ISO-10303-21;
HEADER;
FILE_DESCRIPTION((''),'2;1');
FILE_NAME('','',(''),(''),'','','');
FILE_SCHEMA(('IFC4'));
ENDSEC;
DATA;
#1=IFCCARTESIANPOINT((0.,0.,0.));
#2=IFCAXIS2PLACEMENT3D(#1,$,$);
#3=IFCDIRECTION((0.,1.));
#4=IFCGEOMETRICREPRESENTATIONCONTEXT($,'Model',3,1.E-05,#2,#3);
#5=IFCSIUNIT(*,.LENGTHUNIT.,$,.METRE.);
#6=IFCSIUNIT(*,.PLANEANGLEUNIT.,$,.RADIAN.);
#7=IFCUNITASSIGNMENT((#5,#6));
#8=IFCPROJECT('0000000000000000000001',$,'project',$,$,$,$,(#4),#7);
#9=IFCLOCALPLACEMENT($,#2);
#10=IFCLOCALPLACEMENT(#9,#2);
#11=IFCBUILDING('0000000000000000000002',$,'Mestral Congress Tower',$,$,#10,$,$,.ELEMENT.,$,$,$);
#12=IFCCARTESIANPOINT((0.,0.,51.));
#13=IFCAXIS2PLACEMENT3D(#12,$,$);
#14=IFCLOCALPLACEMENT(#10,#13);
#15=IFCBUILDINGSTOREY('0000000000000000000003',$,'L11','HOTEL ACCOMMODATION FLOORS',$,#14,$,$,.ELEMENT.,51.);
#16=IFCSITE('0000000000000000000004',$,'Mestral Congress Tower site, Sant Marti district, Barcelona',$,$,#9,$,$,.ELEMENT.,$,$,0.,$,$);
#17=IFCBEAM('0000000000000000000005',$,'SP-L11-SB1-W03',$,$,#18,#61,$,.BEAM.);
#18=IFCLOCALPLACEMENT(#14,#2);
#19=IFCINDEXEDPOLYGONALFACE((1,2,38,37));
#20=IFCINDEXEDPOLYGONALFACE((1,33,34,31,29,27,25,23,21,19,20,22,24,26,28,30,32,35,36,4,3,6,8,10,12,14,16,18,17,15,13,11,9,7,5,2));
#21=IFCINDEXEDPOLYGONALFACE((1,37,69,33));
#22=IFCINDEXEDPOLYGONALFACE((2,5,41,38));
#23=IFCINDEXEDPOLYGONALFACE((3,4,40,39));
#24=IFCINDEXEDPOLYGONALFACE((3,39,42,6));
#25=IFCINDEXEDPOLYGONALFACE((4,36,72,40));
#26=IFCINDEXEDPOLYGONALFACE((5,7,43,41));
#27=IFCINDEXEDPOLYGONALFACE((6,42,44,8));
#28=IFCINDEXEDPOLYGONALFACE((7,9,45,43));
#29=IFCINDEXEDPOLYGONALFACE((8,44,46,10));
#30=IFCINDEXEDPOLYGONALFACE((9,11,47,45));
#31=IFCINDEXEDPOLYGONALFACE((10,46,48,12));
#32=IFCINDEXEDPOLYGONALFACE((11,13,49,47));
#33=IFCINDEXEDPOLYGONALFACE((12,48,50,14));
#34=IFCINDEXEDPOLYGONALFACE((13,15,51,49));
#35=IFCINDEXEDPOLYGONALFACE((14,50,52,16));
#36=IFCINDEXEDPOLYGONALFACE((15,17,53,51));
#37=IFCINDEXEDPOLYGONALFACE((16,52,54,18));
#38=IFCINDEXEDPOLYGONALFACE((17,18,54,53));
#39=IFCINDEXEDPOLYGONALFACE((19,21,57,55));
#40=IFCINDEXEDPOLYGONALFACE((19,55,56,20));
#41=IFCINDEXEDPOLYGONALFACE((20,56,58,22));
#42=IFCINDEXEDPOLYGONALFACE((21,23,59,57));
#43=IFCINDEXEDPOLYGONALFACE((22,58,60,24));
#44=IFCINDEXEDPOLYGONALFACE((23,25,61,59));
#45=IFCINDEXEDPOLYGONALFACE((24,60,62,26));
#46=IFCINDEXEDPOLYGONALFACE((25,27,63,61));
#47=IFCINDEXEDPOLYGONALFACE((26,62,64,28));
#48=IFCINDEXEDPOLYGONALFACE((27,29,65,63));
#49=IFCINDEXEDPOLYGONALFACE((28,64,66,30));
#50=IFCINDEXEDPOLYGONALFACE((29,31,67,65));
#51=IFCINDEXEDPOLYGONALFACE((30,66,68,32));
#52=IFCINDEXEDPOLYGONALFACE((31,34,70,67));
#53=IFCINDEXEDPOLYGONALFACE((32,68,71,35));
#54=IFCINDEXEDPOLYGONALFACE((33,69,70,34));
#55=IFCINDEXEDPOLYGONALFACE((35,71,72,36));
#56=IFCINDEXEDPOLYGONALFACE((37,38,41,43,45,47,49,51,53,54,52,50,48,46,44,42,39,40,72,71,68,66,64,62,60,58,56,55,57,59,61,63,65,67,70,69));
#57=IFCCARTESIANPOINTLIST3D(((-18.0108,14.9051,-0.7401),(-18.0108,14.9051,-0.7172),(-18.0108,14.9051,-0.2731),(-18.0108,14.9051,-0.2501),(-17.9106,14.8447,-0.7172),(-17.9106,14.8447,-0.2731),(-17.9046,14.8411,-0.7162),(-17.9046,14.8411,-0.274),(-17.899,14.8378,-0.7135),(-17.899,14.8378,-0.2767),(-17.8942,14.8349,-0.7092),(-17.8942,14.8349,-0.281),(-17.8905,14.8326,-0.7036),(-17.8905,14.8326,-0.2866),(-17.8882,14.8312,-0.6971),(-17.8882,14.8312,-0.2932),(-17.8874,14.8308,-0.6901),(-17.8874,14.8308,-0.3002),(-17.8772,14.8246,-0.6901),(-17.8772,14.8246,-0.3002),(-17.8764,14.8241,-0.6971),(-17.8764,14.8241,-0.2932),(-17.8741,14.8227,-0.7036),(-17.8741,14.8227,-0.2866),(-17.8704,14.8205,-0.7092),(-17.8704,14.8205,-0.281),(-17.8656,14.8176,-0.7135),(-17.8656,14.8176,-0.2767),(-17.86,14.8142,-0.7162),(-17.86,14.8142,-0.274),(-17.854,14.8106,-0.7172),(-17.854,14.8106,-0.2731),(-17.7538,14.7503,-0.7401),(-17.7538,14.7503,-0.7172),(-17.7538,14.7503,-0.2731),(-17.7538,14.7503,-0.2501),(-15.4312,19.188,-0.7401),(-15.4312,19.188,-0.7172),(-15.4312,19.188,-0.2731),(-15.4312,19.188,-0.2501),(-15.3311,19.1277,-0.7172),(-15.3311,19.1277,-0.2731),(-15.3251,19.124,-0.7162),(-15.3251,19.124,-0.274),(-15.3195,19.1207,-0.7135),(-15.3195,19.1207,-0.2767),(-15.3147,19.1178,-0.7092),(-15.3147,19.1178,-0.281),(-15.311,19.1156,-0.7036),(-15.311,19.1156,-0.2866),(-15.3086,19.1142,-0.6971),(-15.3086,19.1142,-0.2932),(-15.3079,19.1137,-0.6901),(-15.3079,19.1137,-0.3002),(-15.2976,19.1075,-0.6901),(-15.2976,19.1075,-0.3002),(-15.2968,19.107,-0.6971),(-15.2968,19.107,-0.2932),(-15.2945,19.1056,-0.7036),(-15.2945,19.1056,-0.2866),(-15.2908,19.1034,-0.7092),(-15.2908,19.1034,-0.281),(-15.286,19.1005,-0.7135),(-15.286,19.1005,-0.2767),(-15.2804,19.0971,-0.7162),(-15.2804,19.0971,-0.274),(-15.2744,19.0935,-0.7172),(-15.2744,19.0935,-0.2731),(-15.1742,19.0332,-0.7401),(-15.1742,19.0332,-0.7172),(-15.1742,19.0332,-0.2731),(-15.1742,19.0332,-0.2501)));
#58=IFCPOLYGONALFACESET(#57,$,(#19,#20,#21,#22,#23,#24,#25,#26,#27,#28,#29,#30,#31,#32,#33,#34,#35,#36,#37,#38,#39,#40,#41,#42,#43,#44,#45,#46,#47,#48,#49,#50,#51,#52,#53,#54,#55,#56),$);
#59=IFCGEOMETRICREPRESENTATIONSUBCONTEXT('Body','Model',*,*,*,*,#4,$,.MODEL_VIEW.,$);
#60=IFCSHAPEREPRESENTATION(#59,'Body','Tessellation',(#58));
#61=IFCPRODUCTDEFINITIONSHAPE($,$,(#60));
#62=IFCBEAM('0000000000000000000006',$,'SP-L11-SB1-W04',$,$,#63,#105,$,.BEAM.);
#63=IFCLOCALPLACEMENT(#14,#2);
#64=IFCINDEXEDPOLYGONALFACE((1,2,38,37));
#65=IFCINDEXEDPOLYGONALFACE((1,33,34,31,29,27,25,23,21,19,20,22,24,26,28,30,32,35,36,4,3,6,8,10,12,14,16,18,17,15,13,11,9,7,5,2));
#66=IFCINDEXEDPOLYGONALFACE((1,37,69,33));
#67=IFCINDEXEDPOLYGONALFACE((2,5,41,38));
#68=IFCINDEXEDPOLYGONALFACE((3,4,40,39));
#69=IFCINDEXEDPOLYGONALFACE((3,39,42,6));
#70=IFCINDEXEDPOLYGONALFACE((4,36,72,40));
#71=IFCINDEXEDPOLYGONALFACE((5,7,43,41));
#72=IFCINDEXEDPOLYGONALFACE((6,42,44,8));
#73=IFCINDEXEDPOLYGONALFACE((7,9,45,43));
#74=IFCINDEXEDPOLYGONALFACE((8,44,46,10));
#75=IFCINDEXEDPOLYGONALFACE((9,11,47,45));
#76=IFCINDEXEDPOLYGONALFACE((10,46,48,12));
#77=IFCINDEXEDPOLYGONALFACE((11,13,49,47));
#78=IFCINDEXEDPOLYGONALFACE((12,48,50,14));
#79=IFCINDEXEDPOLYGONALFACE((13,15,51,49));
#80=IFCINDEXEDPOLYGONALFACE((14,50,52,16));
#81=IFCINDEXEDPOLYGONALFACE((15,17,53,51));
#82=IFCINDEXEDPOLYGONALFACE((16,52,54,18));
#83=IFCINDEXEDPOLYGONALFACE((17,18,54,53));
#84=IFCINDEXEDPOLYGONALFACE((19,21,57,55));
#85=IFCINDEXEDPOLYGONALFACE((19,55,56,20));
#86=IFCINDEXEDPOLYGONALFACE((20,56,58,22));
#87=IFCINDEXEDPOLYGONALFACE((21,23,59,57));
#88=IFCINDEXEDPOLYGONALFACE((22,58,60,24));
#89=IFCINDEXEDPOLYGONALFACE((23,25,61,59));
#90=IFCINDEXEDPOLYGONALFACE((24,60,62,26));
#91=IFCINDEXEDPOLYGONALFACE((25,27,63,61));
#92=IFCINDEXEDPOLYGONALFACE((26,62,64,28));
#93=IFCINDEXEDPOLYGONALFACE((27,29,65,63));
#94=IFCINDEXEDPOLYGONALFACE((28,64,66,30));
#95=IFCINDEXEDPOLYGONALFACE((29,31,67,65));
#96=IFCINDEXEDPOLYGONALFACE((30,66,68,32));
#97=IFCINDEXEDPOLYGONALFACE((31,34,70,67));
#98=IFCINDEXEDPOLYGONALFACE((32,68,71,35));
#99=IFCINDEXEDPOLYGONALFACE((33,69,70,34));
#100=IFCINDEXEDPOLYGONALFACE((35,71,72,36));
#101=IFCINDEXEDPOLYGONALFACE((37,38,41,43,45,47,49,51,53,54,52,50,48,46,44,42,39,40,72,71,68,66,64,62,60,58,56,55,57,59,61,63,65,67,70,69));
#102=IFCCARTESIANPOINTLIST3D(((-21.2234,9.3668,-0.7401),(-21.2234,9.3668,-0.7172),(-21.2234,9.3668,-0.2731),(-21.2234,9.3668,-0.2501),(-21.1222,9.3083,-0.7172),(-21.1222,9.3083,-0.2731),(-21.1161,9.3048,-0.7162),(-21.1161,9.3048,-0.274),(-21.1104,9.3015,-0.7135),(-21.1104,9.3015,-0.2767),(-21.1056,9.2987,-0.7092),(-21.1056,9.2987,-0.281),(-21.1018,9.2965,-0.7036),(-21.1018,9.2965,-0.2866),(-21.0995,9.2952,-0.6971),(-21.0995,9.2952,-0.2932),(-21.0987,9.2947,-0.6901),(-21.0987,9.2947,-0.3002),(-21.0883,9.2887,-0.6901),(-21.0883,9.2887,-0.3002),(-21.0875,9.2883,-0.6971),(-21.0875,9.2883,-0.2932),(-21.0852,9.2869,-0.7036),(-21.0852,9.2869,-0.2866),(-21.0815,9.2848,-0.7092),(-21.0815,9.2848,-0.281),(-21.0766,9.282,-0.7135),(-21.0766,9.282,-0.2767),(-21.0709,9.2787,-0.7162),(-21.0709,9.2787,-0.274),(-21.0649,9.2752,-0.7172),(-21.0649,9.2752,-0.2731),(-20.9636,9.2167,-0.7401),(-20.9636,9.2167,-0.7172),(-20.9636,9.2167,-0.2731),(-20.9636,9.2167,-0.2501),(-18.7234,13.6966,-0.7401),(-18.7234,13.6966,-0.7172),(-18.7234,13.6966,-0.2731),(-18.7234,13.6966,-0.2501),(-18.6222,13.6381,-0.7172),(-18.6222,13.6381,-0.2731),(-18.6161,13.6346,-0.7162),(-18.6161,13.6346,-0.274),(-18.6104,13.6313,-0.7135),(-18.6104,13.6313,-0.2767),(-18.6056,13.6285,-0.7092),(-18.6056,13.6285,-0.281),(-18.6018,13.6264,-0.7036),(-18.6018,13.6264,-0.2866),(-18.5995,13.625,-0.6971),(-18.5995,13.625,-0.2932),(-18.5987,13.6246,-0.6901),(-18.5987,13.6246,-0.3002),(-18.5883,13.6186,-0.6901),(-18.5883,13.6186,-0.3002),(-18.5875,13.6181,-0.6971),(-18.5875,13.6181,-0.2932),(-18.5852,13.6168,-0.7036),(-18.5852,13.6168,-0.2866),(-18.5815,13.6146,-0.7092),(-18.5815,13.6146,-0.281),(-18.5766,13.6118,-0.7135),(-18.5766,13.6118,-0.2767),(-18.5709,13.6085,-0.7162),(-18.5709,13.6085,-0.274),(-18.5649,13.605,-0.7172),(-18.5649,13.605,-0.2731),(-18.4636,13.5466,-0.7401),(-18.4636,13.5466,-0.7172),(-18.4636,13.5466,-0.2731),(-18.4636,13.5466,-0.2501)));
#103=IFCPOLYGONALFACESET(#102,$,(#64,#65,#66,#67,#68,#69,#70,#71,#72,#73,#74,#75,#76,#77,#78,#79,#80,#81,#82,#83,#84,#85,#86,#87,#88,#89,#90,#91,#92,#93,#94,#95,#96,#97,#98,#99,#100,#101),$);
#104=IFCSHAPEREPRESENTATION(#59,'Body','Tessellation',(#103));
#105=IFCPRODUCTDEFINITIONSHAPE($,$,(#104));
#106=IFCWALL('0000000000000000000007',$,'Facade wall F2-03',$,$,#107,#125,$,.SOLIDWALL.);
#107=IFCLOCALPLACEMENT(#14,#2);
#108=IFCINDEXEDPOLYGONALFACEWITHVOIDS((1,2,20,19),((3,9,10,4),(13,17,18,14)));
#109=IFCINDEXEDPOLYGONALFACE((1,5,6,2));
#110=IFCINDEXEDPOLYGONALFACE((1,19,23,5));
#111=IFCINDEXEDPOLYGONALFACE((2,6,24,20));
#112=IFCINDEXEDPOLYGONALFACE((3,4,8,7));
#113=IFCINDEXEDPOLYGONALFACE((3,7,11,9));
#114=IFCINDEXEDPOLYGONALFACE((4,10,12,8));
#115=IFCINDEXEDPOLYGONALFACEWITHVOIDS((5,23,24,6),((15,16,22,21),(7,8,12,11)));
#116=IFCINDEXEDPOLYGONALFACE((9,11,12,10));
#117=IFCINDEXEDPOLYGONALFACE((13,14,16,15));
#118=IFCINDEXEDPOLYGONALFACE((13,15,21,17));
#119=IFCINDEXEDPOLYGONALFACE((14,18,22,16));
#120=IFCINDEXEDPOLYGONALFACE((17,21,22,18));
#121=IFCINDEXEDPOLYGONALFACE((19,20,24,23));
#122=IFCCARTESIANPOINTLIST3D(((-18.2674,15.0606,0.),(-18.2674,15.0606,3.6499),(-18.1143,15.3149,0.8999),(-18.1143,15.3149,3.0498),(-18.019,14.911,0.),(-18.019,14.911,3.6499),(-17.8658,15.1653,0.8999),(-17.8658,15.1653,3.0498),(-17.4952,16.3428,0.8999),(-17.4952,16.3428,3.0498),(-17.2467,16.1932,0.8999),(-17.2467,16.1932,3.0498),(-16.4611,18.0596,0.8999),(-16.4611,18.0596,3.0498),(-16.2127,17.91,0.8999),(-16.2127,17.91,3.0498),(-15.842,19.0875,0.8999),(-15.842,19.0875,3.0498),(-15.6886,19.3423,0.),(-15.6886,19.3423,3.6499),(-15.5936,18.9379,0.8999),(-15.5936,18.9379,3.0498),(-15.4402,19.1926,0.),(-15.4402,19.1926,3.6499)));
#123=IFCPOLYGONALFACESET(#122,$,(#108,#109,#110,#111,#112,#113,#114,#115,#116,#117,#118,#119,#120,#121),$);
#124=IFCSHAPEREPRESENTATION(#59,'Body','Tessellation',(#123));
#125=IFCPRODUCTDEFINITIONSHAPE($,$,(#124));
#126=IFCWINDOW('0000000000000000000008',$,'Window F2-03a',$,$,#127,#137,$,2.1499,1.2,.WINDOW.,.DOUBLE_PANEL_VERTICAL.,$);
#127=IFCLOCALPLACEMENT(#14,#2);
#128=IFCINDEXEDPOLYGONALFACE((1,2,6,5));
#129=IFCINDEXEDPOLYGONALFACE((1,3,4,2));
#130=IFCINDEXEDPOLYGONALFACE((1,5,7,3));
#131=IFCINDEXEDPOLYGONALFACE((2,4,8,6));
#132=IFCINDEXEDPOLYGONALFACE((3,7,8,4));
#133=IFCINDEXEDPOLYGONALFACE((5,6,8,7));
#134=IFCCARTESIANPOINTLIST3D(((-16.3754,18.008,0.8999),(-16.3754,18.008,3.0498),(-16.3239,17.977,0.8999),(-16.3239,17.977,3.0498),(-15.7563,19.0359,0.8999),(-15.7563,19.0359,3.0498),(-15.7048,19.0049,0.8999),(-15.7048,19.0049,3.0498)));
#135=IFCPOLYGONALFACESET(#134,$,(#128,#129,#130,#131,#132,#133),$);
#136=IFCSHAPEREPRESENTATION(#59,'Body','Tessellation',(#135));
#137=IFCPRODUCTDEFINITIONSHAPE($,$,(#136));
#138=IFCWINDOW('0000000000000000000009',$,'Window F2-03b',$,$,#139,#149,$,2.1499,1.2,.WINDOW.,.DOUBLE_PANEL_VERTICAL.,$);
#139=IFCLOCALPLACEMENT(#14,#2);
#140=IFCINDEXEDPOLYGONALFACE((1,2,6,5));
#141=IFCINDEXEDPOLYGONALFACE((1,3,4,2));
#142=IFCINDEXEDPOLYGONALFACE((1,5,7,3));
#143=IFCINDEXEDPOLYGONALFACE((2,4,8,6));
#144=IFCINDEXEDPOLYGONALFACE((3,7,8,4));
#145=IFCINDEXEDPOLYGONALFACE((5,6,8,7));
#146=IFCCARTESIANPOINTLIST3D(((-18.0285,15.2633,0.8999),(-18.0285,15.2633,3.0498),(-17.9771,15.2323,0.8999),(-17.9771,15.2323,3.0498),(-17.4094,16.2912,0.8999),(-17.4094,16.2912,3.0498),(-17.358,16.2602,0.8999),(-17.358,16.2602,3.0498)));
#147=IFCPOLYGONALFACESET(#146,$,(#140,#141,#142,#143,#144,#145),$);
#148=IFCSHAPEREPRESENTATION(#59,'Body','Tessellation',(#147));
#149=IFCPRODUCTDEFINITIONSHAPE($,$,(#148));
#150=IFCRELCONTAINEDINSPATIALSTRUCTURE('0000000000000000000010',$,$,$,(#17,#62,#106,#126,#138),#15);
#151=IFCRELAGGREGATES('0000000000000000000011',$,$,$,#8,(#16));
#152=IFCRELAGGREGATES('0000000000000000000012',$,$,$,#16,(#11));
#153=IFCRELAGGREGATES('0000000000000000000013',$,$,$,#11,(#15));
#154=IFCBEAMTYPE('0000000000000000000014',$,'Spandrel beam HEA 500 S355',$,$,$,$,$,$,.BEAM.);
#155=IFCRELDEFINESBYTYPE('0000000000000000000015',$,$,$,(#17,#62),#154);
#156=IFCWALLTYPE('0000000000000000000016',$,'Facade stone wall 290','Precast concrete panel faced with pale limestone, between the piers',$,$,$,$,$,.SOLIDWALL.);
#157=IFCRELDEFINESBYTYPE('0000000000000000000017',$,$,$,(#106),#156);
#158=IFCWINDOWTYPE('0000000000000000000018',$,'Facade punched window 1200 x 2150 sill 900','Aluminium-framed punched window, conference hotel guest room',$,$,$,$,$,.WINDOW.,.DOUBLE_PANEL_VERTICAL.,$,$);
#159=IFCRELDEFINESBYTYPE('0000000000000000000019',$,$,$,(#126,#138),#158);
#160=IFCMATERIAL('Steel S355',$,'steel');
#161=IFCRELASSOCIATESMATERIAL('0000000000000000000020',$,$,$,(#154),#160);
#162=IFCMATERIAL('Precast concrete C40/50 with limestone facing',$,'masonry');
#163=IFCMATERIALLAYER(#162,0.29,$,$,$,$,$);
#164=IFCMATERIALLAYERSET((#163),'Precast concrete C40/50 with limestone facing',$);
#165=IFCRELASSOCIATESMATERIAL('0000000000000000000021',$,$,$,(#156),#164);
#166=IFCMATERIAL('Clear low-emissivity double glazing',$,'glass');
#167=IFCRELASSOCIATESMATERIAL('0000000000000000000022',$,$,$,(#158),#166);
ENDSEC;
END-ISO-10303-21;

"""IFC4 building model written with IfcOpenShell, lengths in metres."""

from ifc_helpers import new_model, si_unit, direction, frame, frame_2d, origin, origin_2d, place, context, subcontext, project, spatial, rectangle, i_section, extrude, material, layer, layer_set, material_profile, profile_set, type_object, element, fill, save


model = new_model("IFC4")

# Units and contexts
model_context = context("Model", 3, precision=1e-05, world=origin(), true_north=direction((0.0, 1.0)))
body_context = subcontext(model_context, "Body", "Model", "MODEL_VIEW")
ifc_project = project(units=[si_unit("LENGTHUNIT", "METRE"), si_unit("PLANEANGLEUNIT", "RADIAN")], contexts=[model_context])

# Site, building, storey
site_placement = place(None, origin())
site = spatial("IfcSite", under=ifc_project, at=site_placement, Name="Mestral Congress Tower site, Sant Marti district, Barcelona", CompositionType="ELEMENT", RefElevation=0.0)
building_placement = place(site_placement, origin())
building = spatial("IfcBuilding", under=site, at=building_placement, Name="Mestral Congress Tower", CompositionType="ELEMENT")
storey_placement = place(building_placement, frame((0.0, 0.0, 51.0)))
storey = spatial("IfcBuildingStorey", under=building, at=storey_placement, Name="L11", Description="HOTEL ACCOMMODATION FLOORS", CompositionType="ELEMENT", Elevation=51.0)

# Beams
ifc_material_1 = material(Name="Steel S355", Category="steel")
ifc_material_profile_1 = material_profile(ifc_material_1, i_section(OverallWidth=0.3, OverallDepth=0.49, WebThickness=0.012, FlangeThickness=0.0229, FilletRadius=0.0271, at=origin_2d()), Name="HEA 500")
ifc_profile_set_1 = profile_set([ifc_material_profile_1], Name="Steel S355")
beam_type_1 = type_object("IfcBeamType", Name="Spandrel beam HEA 500 S355", PredefinedType="BEAM", material=ifc_profile_set_1)
for number, where, z_axis, x_axis, name in (
    (1, (-15.3027, 19.1106, -0.4951), (-0.515938, -0.856626, 0.0), (0.856626, -0.515938, 0.0), "SP-L11-SB1-W03"),
    (2, (-18.5935, 13.6216, -0.4951), (-0.500025, -0.866011, 0.0), (0.866011, -0.500025, 0.0), "SP-L11-SB1-W04"),
):
    element("IfcBeam", number, at=place(storey_placement, frame(where, z_axis=z_axis, x_axis=x_axis)), inside=storey, type_object=beam_type_1, Name=name, PredefinedType="BEAM", context=body_context, shape_type="SweptSolid", body=[
        extrude(i_section(OverallWidth=0.3, OverallDepth=0.49, WebThickness=0.012, FlangeThickness=0.0229, FilletRadius=0.0271, at=origin_2d()), origin(), (0.0, 0.0, 1.0), 4.9998),
    ])

# Wall, openings, windows
ifc_material_2 = material(Name="Precast concrete C40/50 with limestone facing", Category="masonry")
ifc_layer_1 = layer(ifc_material_2, 0.29)
ifc_layer_set_1 = layer_set([ifc_layer_1], Name="Precast concrete C40/50 with limestone facing")
wall_type_1 = type_object("IfcWallType", Name="Facade stone wall 290", Description="Precast concrete panel faced with pale limestone, between the piers", PredefinedType="SOLIDWALL", material=ifc_layer_set_1)
wall_1_placement = place(storey_placement, frame((-15.5645, 19.2673, 0.0), z_axis=(0.0, 0.0, 1.0), x_axis=(-0.515939, -0.856625, 0.0)))
wall_1 = element("IfcWall", 3, at=wall_1_placement, inside=storey, type_object=wall_type_1, Name="Facade wall F2-03", PredefinedType="SOLIDWALL", context=body_context, shape_type="SweptSolid", body=[
    extrude(rectangle(XDim=4.9983, YDim=0.29, at=frame_2d((2.499, 0.0))), origin(), (0.0, 0.0, 1.0), 3.6499),
])
opening_1_placement = place(wall_1_placement, frame((0.2971, 0.0, 0.8999)))
opening_1 = element("IfcOpeningElement", 4, at=opening_1_placement, cuts=wall_1, PredefinedType="OPENING", context=body_context, shape_type="SweptSolid", body=[
    extrude(rectangle(XDim=1.2, YDim=2.1499, at=frame_2d((0.6001, 1.075))), frame((0.0, 0.155, 0.0), z_axis=(0.0, -1.0, 0.0), x_axis=(1.0, 0.0, 0.0)), (0.0, 0.0, 1.0), 0.3101),
])
opening_2_placement = place(wall_1_placement, frame((3.5012, 0.0, 0.8999)))
opening_2 = element("IfcOpeningElement", 5, at=opening_2_placement, cuts=wall_1, PredefinedType="OPENING", context=body_context, shape_type="SweptSolid", body=[
    extrude(rectangle(XDim=1.2, YDim=2.1499, at=frame_2d((0.6001, 1.075))), frame((0.0, 0.155, 0.0), z_axis=(0.0, -1.0, 0.0), x_axis=(1.0, 0.0, 0.0)), (0.0, 0.0, 1.0), 0.3101),
])
ifc_material_3 = material(Name="Clear low-emissivity double glazing", Category="glass")
window_type = type_object("IfcWindowType", Name="Facade punched window 1200 x 2150 sill 900", Description="Aluminium-framed punched window, conference hotel guest room", PartitioningType="DOUBLE_PANEL_VERTICAL", PredefinedType="WINDOW", material=ifc_material_3)
window_1_placement = place(opening_1_placement, origin())
window_1 = element("IfcWindow", 6, at=window_1_placement, inside=storey, type_object=window_type, Name="Window F2-03a", OverallHeight=2.1499, OverallWidth=1.2, PartitioningType="DOUBLE_PANEL_VERTICAL", PredefinedType="WINDOW", context=body_context, shape_type="SweptSolid", body=[
    extrude(rectangle(XDim=1.2, YDim=2.1499, at=frame_2d((0.6001, 1.075))), frame((0.0, 0.0151, 0.0), z_axis=(0.0, -1.0, 0.0), x_axis=(1.0, 0.0, 0.0)), (0.0, 0.0, 1.0), 0.0601),
])
fill(opening_1, window_1)
window_2_placement = place(opening_2_placement, origin())
window_2 = element("IfcWindow", 7, at=window_2_placement, inside=storey, type_object=window_type, Name="Window F2-03b", OverallHeight=2.1499, OverallWidth=1.2, PartitioningType="DOUBLE_PANEL_VERTICAL", PredefinedType="WINDOW", context=body_context, shape_type="SweptSolid", body=[
    extrude(rectangle(XDim=1.2, YDim=2.1499, at=frame_2d((0.6001, 1.075))), frame((0.0, 0.0151, 0.0), z_axis=(0.0, -1.0, 0.0), x_axis=(1.0, 0.0, 0.0)), (0.0, 0.0, 1.0), 0.0601),
])
fill(opening_2, window_2)

save(model, "model.ifc")
